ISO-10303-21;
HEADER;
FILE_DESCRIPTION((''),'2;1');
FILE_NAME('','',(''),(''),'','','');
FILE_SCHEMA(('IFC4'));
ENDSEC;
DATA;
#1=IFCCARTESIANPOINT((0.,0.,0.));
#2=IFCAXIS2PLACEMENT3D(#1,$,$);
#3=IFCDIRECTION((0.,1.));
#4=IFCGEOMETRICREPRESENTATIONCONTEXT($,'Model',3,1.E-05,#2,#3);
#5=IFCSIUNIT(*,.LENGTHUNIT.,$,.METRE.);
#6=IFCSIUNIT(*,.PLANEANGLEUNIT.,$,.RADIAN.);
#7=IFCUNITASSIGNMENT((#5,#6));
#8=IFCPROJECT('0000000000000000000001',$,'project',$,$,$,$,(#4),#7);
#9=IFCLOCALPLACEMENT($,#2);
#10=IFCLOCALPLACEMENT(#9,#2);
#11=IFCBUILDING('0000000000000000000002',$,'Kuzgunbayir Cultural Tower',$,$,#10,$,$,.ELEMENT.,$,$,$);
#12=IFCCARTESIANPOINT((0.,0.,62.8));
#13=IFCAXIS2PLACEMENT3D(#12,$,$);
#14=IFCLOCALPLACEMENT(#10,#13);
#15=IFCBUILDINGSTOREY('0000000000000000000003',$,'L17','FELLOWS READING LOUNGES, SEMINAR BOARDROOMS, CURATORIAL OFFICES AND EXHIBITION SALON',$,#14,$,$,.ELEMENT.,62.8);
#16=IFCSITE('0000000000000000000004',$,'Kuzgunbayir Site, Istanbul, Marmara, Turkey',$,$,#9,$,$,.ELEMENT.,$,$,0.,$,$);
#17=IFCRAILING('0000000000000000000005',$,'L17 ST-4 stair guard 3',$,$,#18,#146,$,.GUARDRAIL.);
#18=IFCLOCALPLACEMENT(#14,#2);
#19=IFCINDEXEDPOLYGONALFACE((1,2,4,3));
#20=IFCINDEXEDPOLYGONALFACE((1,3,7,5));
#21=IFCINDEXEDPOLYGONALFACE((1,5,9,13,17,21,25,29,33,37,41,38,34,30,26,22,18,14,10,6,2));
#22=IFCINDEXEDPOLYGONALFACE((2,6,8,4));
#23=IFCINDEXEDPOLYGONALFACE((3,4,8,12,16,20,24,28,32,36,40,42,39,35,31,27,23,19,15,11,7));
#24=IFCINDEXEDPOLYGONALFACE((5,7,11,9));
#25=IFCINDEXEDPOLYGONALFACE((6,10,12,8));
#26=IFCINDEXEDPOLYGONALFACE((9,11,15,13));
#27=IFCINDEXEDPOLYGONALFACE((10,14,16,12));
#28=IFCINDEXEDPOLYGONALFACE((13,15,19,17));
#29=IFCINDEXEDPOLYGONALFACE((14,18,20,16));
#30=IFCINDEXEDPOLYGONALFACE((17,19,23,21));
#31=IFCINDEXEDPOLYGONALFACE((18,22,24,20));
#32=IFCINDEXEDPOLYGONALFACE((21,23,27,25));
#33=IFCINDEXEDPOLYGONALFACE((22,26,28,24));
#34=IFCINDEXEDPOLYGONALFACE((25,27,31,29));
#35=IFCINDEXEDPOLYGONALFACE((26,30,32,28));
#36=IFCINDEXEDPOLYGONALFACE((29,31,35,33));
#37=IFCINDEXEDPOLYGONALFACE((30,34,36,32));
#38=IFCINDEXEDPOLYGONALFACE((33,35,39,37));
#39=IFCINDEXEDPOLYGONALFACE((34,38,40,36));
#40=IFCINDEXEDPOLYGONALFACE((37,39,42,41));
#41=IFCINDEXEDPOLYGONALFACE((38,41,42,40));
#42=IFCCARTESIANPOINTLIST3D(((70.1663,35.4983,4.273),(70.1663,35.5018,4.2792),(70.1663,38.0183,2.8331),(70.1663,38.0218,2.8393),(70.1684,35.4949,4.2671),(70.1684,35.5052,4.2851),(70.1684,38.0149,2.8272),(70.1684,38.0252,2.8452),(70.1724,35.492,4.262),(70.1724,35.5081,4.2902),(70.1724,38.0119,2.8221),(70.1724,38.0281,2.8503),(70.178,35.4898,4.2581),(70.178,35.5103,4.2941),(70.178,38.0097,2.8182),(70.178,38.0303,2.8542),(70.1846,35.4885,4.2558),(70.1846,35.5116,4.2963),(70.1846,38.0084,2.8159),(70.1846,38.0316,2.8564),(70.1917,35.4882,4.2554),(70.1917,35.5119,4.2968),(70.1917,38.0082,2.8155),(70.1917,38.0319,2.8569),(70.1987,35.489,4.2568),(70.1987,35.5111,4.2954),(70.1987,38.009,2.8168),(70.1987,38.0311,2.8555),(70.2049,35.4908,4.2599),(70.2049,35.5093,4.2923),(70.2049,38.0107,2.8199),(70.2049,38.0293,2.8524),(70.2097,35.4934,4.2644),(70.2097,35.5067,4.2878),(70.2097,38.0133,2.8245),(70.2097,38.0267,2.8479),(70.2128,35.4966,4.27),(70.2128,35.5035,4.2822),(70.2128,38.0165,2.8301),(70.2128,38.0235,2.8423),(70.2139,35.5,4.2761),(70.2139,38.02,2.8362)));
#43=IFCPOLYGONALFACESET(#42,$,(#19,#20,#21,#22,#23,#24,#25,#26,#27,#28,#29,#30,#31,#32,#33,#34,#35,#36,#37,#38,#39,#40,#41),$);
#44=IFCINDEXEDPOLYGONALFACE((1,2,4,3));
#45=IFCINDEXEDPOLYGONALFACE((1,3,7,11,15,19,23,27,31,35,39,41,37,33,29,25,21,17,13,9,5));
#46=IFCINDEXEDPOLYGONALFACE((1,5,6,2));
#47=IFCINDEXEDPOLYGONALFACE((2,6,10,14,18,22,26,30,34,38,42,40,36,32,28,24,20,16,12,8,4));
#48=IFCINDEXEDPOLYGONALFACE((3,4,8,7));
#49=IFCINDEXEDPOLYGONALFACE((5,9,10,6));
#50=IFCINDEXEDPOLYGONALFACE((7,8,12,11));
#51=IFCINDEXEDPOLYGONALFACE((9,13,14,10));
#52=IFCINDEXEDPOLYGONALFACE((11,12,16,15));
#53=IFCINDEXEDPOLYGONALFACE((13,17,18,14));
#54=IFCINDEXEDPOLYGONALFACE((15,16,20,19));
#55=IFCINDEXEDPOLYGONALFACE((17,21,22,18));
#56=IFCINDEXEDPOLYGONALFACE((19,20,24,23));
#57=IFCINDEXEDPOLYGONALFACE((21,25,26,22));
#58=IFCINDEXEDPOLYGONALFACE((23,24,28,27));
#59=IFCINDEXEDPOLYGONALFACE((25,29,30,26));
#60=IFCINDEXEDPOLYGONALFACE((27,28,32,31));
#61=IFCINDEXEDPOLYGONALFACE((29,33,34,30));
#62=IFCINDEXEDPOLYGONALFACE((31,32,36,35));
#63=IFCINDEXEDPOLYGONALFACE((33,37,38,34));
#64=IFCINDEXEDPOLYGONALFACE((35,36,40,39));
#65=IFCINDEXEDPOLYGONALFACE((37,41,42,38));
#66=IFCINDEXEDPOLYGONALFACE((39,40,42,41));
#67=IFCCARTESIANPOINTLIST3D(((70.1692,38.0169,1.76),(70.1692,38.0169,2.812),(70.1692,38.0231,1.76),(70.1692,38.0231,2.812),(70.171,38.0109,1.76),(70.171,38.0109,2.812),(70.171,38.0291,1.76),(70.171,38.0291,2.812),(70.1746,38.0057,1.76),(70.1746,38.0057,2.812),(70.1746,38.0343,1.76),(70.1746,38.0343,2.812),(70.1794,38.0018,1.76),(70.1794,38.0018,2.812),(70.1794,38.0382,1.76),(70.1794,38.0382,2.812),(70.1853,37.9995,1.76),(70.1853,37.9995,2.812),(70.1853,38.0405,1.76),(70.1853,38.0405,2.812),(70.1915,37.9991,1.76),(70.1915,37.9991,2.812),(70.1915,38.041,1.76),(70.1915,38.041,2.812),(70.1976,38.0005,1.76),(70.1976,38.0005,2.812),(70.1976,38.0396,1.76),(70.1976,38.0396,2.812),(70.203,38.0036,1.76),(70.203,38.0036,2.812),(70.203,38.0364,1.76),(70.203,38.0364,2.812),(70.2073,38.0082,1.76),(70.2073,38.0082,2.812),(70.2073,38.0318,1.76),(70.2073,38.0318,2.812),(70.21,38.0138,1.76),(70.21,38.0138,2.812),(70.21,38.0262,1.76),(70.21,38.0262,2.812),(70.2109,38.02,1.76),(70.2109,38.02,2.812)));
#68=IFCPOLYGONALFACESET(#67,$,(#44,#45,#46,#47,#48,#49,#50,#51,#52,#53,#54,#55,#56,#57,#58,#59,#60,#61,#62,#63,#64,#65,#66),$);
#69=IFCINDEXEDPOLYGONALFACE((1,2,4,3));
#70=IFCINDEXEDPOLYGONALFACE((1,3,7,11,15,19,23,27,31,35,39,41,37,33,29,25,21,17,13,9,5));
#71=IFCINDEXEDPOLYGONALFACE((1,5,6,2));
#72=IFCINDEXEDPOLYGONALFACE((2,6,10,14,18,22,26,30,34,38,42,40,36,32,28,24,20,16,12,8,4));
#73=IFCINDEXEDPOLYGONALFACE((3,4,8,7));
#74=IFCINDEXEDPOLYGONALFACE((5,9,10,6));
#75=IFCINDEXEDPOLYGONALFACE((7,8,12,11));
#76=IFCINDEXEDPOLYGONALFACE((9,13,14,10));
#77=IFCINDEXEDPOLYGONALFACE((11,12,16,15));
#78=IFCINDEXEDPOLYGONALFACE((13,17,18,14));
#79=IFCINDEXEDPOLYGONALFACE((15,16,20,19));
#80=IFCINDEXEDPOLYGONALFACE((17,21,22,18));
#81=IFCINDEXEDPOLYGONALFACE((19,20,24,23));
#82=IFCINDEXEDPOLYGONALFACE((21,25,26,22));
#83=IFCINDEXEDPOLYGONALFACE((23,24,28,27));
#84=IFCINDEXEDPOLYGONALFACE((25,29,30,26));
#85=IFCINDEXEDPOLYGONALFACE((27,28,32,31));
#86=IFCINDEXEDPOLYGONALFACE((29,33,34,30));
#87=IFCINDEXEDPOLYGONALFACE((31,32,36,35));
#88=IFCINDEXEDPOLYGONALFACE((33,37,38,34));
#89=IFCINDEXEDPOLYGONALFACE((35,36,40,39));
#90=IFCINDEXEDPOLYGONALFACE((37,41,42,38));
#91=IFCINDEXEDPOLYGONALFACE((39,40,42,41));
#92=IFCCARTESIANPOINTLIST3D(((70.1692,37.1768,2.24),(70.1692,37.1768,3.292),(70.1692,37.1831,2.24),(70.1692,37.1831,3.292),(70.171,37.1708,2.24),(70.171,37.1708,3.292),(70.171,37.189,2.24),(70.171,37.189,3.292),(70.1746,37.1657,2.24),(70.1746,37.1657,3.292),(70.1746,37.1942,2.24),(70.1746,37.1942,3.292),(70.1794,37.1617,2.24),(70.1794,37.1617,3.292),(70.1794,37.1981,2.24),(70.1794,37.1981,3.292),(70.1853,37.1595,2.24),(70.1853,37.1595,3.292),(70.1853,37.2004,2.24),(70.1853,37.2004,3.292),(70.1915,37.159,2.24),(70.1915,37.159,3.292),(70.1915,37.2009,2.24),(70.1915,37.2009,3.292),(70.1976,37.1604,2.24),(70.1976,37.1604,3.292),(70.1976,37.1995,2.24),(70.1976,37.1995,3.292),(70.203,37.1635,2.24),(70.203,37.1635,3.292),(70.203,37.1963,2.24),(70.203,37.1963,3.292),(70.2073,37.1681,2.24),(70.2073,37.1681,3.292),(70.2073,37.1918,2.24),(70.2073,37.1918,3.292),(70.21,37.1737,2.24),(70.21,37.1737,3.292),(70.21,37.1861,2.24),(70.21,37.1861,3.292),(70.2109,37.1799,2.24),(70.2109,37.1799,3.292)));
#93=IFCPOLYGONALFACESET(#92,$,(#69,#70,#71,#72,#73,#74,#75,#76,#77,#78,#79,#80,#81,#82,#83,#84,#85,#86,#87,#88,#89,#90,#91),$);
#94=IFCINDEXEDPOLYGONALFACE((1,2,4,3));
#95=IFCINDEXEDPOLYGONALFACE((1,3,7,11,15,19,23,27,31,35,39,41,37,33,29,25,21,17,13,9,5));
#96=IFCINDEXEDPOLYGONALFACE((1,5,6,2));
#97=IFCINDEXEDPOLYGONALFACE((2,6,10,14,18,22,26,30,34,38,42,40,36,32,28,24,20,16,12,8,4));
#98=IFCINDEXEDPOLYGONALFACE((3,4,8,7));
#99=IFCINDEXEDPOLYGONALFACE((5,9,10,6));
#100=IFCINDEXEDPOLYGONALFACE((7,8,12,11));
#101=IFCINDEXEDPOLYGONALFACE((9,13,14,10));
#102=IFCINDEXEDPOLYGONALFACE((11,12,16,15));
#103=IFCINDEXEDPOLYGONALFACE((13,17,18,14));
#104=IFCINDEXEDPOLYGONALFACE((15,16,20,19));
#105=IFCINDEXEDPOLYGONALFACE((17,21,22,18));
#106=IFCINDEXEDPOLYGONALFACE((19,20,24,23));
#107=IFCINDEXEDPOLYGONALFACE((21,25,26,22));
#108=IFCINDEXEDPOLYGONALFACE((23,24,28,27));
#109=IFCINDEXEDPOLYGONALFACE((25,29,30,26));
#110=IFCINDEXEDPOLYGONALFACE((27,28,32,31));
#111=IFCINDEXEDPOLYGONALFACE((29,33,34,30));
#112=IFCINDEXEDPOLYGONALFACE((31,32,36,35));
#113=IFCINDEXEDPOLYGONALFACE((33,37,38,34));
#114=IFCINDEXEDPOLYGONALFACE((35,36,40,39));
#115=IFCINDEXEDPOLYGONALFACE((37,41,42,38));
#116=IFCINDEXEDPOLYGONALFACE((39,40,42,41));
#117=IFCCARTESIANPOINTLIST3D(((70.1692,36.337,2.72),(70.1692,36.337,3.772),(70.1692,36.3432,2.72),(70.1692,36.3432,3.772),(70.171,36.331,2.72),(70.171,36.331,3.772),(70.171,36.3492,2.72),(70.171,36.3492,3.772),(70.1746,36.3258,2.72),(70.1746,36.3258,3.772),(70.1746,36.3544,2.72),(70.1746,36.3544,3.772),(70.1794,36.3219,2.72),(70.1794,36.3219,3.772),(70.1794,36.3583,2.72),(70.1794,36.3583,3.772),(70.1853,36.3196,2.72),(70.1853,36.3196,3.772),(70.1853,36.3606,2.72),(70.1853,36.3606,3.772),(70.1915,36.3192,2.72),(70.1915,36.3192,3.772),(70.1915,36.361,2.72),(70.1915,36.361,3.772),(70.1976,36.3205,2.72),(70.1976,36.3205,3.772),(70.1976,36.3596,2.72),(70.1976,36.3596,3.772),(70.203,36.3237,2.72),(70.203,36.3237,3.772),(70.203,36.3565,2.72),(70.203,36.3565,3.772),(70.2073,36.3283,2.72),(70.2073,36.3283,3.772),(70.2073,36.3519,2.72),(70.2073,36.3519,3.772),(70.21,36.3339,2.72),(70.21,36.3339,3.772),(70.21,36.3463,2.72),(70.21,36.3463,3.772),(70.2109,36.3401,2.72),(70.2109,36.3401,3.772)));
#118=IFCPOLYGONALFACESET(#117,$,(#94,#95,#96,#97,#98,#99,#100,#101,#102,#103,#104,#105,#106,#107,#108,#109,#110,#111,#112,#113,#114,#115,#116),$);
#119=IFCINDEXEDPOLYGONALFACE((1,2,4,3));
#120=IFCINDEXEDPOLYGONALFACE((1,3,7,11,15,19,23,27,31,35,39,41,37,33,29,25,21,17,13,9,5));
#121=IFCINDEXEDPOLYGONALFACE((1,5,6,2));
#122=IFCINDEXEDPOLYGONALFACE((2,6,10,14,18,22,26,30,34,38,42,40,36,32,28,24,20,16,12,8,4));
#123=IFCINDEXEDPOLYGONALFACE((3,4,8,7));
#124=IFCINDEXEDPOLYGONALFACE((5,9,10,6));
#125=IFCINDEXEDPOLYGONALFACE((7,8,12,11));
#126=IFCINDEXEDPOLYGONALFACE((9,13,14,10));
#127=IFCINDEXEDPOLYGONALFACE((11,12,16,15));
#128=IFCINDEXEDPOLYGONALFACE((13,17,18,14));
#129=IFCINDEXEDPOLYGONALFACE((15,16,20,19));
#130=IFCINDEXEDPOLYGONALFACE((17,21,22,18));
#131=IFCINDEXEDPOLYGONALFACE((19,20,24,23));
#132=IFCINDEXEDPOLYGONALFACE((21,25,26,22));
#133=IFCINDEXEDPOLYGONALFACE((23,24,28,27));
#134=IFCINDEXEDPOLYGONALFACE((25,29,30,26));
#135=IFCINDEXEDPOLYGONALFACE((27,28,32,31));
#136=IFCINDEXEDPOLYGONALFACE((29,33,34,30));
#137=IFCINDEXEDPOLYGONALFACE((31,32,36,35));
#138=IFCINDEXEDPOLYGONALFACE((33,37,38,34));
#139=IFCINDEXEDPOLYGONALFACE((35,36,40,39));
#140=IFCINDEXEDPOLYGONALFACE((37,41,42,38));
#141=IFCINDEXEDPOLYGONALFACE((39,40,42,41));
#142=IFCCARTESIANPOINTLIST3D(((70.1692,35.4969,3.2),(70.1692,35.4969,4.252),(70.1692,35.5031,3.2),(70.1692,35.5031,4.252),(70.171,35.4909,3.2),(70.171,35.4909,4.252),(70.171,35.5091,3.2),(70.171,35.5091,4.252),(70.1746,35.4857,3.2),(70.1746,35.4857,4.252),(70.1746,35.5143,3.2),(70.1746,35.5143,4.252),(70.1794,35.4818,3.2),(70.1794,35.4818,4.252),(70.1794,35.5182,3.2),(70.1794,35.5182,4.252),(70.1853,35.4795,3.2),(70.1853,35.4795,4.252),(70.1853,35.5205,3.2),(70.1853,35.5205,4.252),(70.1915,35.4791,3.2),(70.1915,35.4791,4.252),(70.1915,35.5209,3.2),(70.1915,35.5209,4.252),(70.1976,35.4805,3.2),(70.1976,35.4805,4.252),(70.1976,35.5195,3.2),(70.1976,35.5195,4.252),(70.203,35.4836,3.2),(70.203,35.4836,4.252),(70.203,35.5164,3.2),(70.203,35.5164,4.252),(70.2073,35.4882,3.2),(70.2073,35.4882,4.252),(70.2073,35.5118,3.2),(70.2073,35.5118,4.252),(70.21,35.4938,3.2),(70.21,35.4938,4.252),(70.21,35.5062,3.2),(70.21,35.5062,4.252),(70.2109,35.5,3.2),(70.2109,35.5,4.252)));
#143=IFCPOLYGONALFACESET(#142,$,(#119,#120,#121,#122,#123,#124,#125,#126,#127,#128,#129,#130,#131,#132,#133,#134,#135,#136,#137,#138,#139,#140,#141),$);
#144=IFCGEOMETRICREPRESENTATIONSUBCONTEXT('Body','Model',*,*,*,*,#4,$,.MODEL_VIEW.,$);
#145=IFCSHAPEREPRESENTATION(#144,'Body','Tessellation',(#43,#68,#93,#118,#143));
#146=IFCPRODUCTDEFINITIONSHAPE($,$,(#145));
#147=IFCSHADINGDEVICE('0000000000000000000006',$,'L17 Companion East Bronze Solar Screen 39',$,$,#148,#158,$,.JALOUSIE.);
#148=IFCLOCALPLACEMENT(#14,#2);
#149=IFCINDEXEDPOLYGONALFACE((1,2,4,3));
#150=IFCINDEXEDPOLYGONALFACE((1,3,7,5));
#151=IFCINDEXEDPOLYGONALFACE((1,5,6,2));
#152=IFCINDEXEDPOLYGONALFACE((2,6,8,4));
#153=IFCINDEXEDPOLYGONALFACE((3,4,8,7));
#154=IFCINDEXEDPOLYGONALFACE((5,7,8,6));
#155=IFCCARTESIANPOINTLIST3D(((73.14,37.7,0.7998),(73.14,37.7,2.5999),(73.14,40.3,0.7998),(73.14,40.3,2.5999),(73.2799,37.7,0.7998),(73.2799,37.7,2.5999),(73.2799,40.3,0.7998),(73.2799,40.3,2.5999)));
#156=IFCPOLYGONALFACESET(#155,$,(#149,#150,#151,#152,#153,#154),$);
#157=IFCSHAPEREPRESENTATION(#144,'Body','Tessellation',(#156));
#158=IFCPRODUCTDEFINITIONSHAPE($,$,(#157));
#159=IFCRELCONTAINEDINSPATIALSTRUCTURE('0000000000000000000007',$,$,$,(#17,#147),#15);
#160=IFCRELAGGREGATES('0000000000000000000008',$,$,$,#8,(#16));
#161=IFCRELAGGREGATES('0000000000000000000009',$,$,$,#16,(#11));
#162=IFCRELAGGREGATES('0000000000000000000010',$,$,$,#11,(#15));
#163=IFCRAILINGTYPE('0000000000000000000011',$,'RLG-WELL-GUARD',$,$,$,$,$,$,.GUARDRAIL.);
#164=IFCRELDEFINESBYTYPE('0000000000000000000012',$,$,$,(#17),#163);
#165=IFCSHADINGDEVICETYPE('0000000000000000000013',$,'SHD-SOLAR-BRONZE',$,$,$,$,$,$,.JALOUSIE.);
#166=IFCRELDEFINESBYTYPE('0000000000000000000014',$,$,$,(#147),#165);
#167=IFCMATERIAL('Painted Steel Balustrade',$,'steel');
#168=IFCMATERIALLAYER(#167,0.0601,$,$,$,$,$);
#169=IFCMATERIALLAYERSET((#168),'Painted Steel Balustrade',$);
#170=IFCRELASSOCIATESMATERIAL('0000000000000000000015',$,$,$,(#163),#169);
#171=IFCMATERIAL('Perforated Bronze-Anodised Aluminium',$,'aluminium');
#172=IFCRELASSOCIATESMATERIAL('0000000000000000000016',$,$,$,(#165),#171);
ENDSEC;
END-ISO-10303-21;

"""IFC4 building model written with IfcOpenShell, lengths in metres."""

from ifc_helpers import new_model, si_unit, direction, frame, origin, origin_2d, place, context, subcontext, project, spatial, rectangle, circle, extrude, material, layer, layer_set, type_object, element, save


model = new_model("IFC4")

# Units and contexts
model_context = context("Model", 3, precision=1e-05, world=origin(), true_north=direction((0.0, 1.0)))
body_context = subcontext(model_context, "Body", "Model", "MODEL_VIEW")
ifc_project = project(units=[si_unit("LENGTHUNIT", "METRE"), si_unit("PLANEANGLEUNIT", "RADIAN")], contexts=[model_context])

# Site, building, storey
site_placement = place(None, origin())
site = spatial("IfcSite", under=ifc_project, at=site_placement, Name="Kuzgunbayir Site, Istanbul, Marmara, Turkey", CompositionType="ELEMENT", RefElevation=0.0)
building_placement = place(site_placement, origin())
building = spatial("IfcBuilding", under=site, at=building_placement, Name="Kuzgunbayir Cultural Tower", CompositionType="ELEMENT")
storey_placement = place(building_placement, frame((0.0, 0.0, 62.8)))
storey = spatial("IfcBuildingStorey", under=building, at=storey_placement, Name="L17", Description="FELLOWS READING LOUNGES, SEMINAR BOARDROOMS, CURATORIAL OFFICES AND EXHIBITION SALON", CompositionType="ELEMENT", Elevation=62.8)

# Railing
ifc_material_1 = material(Name="Painted Steel Balustrade", Category="steel")
ifc_layer_1 = layer(ifc_material_1, 0.0601)
ifc_layer_set_1 = layer_set([ifc_layer_1], Name="Painted Steel Balustrade")
railing_type_1 = type_object("IfcRailingType", Name="RLG-WELL-GUARD", PredefinedType="GUARDRAIL", material=ifc_layer_set_1)
railing_1_placement = place(storey_placement, frame((70.1899, 38.02, 1.76)))
element("IfcRailing", 1, at=railing_1_placement, inside=storey, type_object=railing_type_1, Name="L17 ST-4 stair guard 3", PredefinedType="GUARDRAIL", context=body_context, shape_type="SweptSolid", body=[
    extrude(circle(Radius=0.0239, at=origin_2d()), frame((0.0, 0.0, 1.0762), z_axis=(0.0, -0.868253, 0.496121), x_axis=(1.0, 0.0, 0.0)), (0.0, 0.0, 1.0), 2.9023),
    extrude(circle(Radius=0.021, at=origin_2d()), origin(), (0.0, 0.0, 1.0), 1.052),
    extrude(circle(Radius=0.021, at=origin_2d()), frame((0.0, -0.8401, 0.48)), (0.0, 0.0, 1.0), 1.052),
    extrude(circle(Radius=0.021, at=origin_2d()), frame((0.0, -1.6799, 0.96)), (0.0, 0.0, 1.0), 1.052),
    extrude(circle(Radius=0.021, at=origin_2d()), frame((0.0, -2.52, 1.4399)), (0.0, 0.0, 1.0), 1.052),
])

# Shading device
ifc_material_2 = material(Name="Perforated Bronze-Anodised Aluminium", Category="aluminium")
shading_device_type = type_object("IfcShadingDeviceType", Name="SHD-SOLAR-BRONZE", PredefinedType="JALOUSIE", material=ifc_material_2)
shading_device_placement = place(storey_placement, frame((73.21, 39.0, 0.7998), z_axis=(0.0, 0.0, 1.0), x_axis=(1.0, 0.0, 0.0)))
element("IfcShadingDevice", 2, at=shading_device_placement, inside=storey, type_object=shading_device_type, Name="L17 Companion East Bronze Solar Screen 39", PredefinedType="JALOUSIE", context=body_context, shape_type="SweptSolid", body=[
    extrude(rectangle(XDim=0.1399, YDim=2.6001, at=origin_2d()), origin(), (0.0, 0.0, 1.0), 1.8),
])

save(model, "model.ifc")
